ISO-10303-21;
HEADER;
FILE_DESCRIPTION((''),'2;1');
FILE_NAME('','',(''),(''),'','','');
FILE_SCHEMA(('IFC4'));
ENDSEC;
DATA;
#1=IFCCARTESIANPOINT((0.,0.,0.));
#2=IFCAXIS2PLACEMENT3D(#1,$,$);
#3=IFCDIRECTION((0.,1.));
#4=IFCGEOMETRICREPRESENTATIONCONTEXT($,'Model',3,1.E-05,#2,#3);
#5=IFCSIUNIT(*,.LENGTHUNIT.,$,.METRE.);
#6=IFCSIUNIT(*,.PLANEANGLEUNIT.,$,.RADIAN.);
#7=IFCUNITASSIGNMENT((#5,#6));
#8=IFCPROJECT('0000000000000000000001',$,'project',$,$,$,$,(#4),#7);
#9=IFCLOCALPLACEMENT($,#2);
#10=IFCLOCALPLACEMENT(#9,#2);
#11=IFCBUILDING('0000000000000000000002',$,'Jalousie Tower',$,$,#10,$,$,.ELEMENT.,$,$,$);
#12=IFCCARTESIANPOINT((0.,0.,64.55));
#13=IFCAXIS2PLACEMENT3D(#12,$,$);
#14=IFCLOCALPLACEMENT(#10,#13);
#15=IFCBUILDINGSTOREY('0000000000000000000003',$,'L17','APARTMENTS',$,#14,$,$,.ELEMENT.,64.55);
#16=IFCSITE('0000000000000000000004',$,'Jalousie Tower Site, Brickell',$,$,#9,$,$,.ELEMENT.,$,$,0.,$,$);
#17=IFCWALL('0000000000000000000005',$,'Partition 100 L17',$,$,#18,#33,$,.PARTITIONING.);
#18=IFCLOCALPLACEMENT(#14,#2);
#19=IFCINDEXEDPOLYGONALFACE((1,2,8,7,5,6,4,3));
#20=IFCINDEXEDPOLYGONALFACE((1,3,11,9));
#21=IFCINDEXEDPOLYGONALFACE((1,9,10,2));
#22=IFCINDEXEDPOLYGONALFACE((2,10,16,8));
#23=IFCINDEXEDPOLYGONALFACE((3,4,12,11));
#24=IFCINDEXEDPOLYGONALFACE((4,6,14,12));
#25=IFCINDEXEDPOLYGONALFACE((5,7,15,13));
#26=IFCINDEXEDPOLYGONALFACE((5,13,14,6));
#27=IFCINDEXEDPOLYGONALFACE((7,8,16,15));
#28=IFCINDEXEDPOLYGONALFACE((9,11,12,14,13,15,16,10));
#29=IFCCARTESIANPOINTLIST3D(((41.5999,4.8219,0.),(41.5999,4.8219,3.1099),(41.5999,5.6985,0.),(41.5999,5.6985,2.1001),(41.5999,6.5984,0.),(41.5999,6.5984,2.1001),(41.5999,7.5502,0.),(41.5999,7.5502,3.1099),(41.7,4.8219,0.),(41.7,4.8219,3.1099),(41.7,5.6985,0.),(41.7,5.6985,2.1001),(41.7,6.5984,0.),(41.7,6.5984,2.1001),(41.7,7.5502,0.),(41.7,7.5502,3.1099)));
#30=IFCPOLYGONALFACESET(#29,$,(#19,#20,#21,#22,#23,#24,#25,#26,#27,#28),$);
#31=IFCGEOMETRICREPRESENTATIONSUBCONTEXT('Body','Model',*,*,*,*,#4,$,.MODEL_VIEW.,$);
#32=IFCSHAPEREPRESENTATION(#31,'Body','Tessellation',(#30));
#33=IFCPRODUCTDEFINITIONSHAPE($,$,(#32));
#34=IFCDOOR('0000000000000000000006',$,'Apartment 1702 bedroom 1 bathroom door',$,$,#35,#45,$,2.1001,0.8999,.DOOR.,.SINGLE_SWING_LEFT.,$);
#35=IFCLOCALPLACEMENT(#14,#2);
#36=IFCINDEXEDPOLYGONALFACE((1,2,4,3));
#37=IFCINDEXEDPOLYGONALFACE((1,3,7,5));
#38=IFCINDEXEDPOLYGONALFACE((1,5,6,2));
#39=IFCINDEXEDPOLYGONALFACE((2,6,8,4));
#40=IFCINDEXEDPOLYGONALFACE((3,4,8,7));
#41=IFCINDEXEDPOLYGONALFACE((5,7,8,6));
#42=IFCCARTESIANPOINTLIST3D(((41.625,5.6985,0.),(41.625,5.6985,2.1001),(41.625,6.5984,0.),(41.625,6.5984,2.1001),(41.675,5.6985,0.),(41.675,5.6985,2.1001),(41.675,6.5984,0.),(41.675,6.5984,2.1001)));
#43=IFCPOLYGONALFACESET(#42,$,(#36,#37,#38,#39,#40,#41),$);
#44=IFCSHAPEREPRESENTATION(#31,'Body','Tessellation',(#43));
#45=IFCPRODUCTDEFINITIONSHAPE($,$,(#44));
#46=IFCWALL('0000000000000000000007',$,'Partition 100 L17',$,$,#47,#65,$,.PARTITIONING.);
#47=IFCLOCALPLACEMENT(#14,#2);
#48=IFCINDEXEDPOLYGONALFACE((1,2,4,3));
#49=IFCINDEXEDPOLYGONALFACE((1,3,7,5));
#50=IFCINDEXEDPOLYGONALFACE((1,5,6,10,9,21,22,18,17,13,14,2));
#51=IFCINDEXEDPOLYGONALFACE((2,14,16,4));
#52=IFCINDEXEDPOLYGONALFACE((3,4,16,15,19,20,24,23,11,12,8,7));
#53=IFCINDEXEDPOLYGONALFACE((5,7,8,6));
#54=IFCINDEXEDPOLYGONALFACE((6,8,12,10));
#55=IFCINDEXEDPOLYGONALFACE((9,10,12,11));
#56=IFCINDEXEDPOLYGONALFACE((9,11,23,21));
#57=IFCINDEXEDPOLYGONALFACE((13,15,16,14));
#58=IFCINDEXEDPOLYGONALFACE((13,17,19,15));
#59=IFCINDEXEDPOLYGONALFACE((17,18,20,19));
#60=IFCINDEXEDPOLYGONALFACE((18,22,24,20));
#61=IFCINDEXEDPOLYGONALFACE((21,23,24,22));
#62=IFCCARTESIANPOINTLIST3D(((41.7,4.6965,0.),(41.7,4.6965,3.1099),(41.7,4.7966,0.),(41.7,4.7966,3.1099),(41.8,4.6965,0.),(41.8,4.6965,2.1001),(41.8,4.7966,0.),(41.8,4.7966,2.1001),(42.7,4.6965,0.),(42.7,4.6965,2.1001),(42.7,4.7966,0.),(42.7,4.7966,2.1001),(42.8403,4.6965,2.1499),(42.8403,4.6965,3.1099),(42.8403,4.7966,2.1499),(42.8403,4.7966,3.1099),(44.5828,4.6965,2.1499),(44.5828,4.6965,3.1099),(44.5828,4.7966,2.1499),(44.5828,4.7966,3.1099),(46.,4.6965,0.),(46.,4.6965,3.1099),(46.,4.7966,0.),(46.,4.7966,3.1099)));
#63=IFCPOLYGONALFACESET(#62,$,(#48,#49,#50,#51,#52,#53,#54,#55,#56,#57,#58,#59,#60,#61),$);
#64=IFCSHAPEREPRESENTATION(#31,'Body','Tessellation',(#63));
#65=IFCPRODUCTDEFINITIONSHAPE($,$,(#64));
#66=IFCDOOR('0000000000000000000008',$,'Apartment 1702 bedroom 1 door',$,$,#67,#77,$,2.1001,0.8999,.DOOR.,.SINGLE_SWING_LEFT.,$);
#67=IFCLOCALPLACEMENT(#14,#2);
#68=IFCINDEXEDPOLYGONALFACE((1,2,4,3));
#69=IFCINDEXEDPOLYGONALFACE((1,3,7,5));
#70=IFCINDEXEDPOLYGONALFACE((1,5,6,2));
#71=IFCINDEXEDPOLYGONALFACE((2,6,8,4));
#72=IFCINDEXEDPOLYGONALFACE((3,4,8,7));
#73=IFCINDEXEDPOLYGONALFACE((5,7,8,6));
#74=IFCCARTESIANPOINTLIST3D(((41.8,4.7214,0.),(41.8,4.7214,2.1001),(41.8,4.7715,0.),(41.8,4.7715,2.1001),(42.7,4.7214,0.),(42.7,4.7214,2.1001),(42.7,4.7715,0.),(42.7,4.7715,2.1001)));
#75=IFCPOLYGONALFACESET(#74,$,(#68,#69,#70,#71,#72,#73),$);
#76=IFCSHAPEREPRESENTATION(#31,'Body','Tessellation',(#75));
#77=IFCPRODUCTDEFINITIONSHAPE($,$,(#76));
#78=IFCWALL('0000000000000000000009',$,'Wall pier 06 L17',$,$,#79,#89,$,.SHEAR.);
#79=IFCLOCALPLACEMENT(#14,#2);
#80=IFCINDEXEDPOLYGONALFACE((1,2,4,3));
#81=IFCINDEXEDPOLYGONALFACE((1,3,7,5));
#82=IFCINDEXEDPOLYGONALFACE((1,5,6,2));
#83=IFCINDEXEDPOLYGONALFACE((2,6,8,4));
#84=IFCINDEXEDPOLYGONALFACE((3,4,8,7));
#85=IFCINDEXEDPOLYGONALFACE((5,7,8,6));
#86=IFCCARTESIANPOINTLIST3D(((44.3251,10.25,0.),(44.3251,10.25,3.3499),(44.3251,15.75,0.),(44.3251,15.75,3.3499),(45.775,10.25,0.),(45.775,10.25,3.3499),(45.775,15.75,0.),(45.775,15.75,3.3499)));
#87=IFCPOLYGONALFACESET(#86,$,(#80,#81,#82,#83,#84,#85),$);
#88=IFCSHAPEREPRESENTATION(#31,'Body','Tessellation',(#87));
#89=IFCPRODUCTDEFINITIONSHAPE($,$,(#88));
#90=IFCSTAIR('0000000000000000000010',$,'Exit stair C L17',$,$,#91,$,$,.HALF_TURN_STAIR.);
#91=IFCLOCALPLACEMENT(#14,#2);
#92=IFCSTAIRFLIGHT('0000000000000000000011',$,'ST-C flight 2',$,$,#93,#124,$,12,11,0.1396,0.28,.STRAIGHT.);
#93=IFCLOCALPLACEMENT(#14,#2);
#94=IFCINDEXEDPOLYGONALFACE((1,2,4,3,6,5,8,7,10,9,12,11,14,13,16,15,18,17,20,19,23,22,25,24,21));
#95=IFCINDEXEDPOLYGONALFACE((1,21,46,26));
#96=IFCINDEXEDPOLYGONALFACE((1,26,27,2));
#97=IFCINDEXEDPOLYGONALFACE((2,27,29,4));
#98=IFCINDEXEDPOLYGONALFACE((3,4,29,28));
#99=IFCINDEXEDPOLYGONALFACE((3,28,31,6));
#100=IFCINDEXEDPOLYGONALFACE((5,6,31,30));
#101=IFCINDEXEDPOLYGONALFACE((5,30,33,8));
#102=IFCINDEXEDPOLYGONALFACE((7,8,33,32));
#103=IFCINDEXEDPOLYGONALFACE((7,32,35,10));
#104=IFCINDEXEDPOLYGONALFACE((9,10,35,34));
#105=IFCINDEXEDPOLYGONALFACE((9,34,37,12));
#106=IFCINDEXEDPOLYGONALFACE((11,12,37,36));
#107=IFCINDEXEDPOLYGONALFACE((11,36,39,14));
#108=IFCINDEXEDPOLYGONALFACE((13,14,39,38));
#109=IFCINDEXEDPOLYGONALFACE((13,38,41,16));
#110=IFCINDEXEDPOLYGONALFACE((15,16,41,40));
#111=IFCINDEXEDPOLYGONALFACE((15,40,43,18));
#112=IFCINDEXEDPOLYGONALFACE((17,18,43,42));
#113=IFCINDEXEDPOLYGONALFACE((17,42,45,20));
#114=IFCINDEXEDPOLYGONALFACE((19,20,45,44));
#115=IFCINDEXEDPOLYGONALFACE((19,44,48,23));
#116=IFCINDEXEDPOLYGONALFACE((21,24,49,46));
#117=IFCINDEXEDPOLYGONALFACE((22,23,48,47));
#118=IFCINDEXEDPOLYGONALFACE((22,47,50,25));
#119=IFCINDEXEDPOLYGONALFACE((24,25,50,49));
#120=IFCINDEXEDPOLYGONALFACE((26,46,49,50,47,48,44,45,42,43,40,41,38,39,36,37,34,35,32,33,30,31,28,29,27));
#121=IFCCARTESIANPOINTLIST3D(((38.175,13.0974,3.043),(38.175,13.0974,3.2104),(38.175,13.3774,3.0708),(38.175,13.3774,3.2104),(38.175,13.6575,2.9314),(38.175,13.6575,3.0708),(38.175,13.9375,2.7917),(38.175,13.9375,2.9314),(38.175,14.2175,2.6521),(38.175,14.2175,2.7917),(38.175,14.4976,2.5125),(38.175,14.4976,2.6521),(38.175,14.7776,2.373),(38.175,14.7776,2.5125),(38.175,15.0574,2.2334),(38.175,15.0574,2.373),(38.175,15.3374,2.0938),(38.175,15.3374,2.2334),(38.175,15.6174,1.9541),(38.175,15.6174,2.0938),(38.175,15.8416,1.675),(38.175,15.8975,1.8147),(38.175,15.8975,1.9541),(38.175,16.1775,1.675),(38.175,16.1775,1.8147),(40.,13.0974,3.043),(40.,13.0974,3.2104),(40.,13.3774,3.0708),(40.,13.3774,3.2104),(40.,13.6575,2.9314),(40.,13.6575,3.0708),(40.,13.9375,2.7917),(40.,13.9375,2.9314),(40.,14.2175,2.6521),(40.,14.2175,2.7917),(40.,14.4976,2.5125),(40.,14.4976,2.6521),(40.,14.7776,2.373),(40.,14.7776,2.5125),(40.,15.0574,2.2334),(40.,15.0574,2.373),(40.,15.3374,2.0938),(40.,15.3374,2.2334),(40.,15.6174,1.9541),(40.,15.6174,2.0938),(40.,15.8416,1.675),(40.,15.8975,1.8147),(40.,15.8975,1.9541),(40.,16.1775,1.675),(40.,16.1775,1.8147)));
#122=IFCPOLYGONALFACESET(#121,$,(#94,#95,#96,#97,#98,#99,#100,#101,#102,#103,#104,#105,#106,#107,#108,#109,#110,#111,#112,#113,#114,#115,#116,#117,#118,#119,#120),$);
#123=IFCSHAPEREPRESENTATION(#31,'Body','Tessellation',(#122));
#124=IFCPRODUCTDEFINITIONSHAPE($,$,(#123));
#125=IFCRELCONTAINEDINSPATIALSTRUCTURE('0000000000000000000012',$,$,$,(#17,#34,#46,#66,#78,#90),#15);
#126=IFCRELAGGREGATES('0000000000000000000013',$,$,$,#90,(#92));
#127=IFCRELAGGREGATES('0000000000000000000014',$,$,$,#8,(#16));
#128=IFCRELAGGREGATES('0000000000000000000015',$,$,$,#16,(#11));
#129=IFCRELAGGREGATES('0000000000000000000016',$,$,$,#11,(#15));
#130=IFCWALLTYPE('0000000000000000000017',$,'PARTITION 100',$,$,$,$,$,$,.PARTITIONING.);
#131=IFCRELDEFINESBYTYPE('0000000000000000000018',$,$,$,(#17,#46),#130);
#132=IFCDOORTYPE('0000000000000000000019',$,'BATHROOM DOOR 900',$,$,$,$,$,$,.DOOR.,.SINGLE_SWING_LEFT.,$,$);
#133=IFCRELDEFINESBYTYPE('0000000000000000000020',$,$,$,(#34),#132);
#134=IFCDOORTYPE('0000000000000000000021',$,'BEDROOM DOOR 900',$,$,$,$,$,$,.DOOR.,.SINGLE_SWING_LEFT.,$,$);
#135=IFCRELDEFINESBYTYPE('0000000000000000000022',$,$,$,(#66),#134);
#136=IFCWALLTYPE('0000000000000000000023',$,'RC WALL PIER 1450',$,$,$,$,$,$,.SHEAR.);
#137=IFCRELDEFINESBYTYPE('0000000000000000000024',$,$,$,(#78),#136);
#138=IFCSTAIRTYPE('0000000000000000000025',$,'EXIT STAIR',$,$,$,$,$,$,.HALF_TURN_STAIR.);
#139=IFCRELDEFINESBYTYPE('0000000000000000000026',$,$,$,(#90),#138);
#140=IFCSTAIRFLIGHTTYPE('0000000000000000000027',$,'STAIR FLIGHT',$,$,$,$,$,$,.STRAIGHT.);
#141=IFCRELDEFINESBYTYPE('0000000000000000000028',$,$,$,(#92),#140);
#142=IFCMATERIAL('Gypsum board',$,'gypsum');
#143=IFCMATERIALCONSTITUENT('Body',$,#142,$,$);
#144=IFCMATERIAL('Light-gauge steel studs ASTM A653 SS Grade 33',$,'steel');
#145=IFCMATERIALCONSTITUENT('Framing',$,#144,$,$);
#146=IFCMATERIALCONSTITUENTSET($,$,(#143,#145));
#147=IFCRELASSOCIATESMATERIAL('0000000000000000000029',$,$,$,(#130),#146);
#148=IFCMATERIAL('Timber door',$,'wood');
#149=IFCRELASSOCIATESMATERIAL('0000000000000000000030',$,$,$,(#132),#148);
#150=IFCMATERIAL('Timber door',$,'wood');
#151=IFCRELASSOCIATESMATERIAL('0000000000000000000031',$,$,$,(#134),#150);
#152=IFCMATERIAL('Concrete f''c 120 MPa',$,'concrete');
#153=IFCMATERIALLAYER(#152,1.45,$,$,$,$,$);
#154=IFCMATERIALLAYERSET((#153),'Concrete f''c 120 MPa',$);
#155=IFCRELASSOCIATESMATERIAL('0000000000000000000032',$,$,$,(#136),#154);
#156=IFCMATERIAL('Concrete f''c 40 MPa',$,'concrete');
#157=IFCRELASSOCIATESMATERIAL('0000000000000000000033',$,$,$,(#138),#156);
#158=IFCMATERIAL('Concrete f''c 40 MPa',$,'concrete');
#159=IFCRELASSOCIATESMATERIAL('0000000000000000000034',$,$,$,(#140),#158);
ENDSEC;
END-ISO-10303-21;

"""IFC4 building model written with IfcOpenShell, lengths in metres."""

from ifc_helpers import new_model, si_unit, direction, frame, frame_2d, origin, place, context, subcontext, project, spatial, polyline, rectangle, outline, extrude, material, layer, layer_set, constituent, constituent_set, type_object, element, fill, aggregate, save


model = new_model("IFC4")

# Units and contexts
model_context = context("Model", 3, precision=1e-05, world=origin(), true_north=direction((0.0, 1.0)))
body_context = subcontext(model_context, "Body", "Model", "MODEL_VIEW")
ifc_project = project(units=[si_unit("LENGTHUNIT", "METRE"), si_unit("PLANEANGLEUNIT", "RADIAN")], contexts=[model_context])

# Site, building, storey
site_placement = place(None, origin())
site = spatial("IfcSite", under=ifc_project, at=site_placement, Name="Jalousie Tower Site, Brickell", CompositionType="ELEMENT", RefElevation=0.0)
building_placement = place(site_placement, origin())
building = spatial("IfcBuilding", under=site, at=building_placement, Name="Jalousie Tower", CompositionType="ELEMENT")
storey_placement = place(building_placement, frame((0.0, 0.0, 64.55)))
storey = spatial("IfcBuildingStorey", under=building, at=storey_placement, Name="L17", Description="APARTMENTS", CompositionType="ELEMENT", Elevation=64.55)

# Walls, openings, doors
ifc_material_1 = material(Name="Gypsum board", Category="gypsum")
ifc_constituent_1 = constituent(ifc_material_1, Name="Body")
ifc_material_2 = material(Name="Light-gauge steel studs ASTM A653 SS Grade 33", Category="steel")
ifc_constituent_2 = constituent(ifc_material_2, Name="Framing")
ifc_constituent_set_1 = constituent_set(constituents=[ifc_constituent_1, ifc_constituent_2])
wall_type_1 = type_object("IfcWallType", Name="PARTITION 100", PredefinedType="PARTITIONING", material=ifc_constituent_set_1)
wall_1_placement = place(storey_placement, frame((41.6499, 4.8218, 0.0), z_axis=(0.0, 0.0, 1.0), x_axis=(0.0, 1.0, 0.0)))
wall_1 = element("IfcWall", 1, at=wall_1_placement, inside=storey, type_object=wall_type_1, Name="Partition 100 L17", PredefinedType="PARTITIONING", context=body_context, shape_type="SweptSolid", body=[
    extrude(rectangle(XDim=2.7283, YDim=0.1001, at=frame_2d((1.3643, 0.0))), origin(), (0.0, 0.0, 1.0), 3.1099),
])
opening_1_placement = place(wall_1_placement, frame((0.8767, 0.0, 0.0)))
opening_1 = element("IfcOpeningElement", 2, at=opening_1_placement, cuts=wall_1, PredefinedType="OPENING", context=body_context, shape_type="SweptSolid", body=[
    extrude(rectangle(XDim=0.8999, YDim=2.1001, at=frame_2d((0.45, 1.05))), frame((0.0, 0.0601, 0.0), z_axis=(0.0, -1.0, 0.0), x_axis=(1.0, 0.0, 0.0)), (0.0, 0.0, 1.0), 0.1201),
])
ifc_material_3 = material(Name="Timber door", Category="wood")
door_type_1 = type_object("IfcDoorType", Name="BATHROOM DOOR 900", OperationType="SINGLE_SWING_LEFT", PredefinedType="DOOR", material=ifc_material_3)
door_1_placement = place(opening_1_placement, origin())
door_1 = element("IfcDoor", 3, at=door_1_placement, inside=storey, type_object=door_type_1, Name="Apartment 1702 bedroom 1 bathroom door", OperationType="SINGLE_SWING_LEFT", OverallHeight=2.1001, OverallWidth=0.8999, PredefinedType="DOOR", context=body_context, shape_type="SweptSolid", body=[
    extrude(rectangle(XDim=0.8999, YDim=2.1001, at=frame_2d((0.45, 1.05))), frame((0.0, 0.0249, 0.0), z_axis=(0.0, -1.0, 0.0), x_axis=(1.0, 0.0, 0.0)), (0.0, 0.0, 1.0), 0.05),
])
fill(opening_1, door_1)
wall_2_placement = place(storey_placement, frame((41.7, 4.7466, 0.0), z_axis=(0.0, 0.0, 1.0), x_axis=(1.0, 0.0, 0.0)))
wall_2 = element("IfcWall", 4, at=wall_2_placement, inside=storey, type_object=wall_type_1, Name="Partition 100 L17", PredefinedType="PARTITIONING", context=body_context, shape_type="SweptSolid", body=[
    extrude(outline(polyline([(0.0, 0.0), (4.3, 0.0), (4.3, 3.1099), (2.8828, 3.1099), (2.8828, 2.1499), (1.1404, 2.1499), (1.1404, 3.1099), (0.0, 3.1099), (0.0, 0.0)])), frame((0.0, 0.05, 0.0), z_axis=(0.0, -1.0, 0.0), x_axis=(1.0, 0.0, 0.0)), (0.0, 0.0, 1.0), 0.1001),
])
opening_2_placement = place(wall_2_placement, frame((0.1001, 0.0, 0.0)))
opening_2 = element("IfcOpeningElement", 5, at=opening_2_placement, cuts=wall_2, PredefinedType="OPENING", context=body_context, shape_type="SweptSolid", body=[
    extrude(rectangle(XDim=0.8999, YDim=2.1001, at=frame_2d((0.45, 1.05))), frame((0.0, 0.0601, 0.0), z_axis=(0.0, -1.0, 0.0), x_axis=(1.0, 0.0, 0.0)), (0.0, 0.0, 1.0), 0.1201),
])
ifc_material_4 = material(Name="Timber door", Category="wood")
door_type_2 = type_object("IfcDoorType", Name="BEDROOM DOOR 900", OperationType="SINGLE_SWING_LEFT", PredefinedType="DOOR", material=ifc_material_4)
door_2_placement = place(opening_2_placement, origin())
door_2 = element("IfcDoor", 6, at=door_2_placement, inside=storey, type_object=door_type_2, Name="Apartment 1702 bedroom 1 door", OperationType="SINGLE_SWING_LEFT", OverallHeight=2.1001, OverallWidth=0.8999, PredefinedType="DOOR", context=body_context, shape_type="SweptSolid", body=[
    extrude(rectangle(XDim=0.8999, YDim=2.1001, at=frame_2d((0.45, 1.05))), frame((0.0, 0.0249, 0.0), z_axis=(0.0, -1.0, 0.0), x_axis=(1.0, 0.0, 0.0)), (0.0, 0.0, 1.0), 0.05),
])
fill(opening_2, door_2)

# Wall
ifc_material_5 = material(Name="Concrete f'c 120 MPa", Category="concrete")
ifc_layer_1 = layer(ifc_material_5, 1.45)
ifc_layer_set_1 = layer_set([ifc_layer_1], Name="Concrete f'c 120 MPa")
wall_type_2 = type_object("IfcWallType", Name="RC WALL PIER 1450", PredefinedType="SHEAR", material=ifc_layer_set_1)
wall_3_placement = place(storey_placement, frame((45.05, 10.25, 0.0), z_axis=(0.0, 0.0, 1.0), x_axis=(0.0, 1.0, 0.0)))
element("IfcWall", 7, at=wall_3_placement, inside=storey, type_object=wall_type_2, Name="Wall pier 06 L17", PredefinedType="SHEAR", context=body_context, shape_type="SweptSolid", body=[
    extrude(rectangle(XDim=5.5, YDim=1.45, at=frame_2d((2.75, 0.0))), origin(), (0.0, 0.0, 1.0), 3.3499),
])

# Stair, stair flight
ifc_material_6 = material(Name="Concrete f'c 40 MPa", Category="concrete")
stair_type = type_object("IfcStairType", Name="EXIT STAIR", PredefinedType="HALF_TURN_STAIR", material=ifc_material_6)
stair_placement = place(storey_placement, origin())
stair = element("IfcStair", 8, at=stair_placement, inside=storey, type_object=stair_type, Name="Exit stair C L17", PredefinedType="HALF_TURN_STAIR")
ifc_material_7 = material(Name="Concrete f'c 40 MPa", Category="concrete")
stair_flight_type = type_object("IfcStairFlightType", Name="STAIR FLIGHT", PredefinedType="STRAIGHT", material=ifc_material_7)
stair_flight_placement = place(storey_placement, frame((39.0874, 16.1775, 1.675), z_axis=(0.0, 0.0, 1.0), x_axis=(0.0, -1.0, 0.0)))
stair_flight = element("IfcStairFlight", 9, at=stair_flight_placement, type_object=stair_flight_type, Name="ST-C flight 2", NumberOfRisers=12, NumberOfTreads=11, PredefinedType="STRAIGHT", RiserHeight=0.1396, TreadLength=0.28, context=body_context, shape_type="SweptSolid", body=[
    extrude(outline(polyline([(0.0, 0.0), (0.0, 0.1396), (0.28, 0.1396), (0.28, 0.2791), (0.5601, 0.2791), (0.5601, 0.4187), (0.8401, 0.4187), (0.8401, 0.5583), (1.1201, 0.5583), (1.1201, 0.698), (1.3999, 0.698), (1.3999, 0.8374), (1.6799, 0.8374), (1.6799, 0.9771), (1.96, 0.9771), (1.96, 1.1167), (2.24, 1.1167), (2.24, 1.2563), (2.52, 1.2563), (2.52, 1.3958), (2.8, 1.3958), (2.8, 1.5354), (3.0801, 1.5354), (3.0801, 1.675), (3.0801, 1.3679), (0.3359, 0.0), (0.0, 0.0)])), frame((0.0, 0.9126, 0.0), z_axis=(0.0, -1.0, 0.0), x_axis=(1.0, 0.0, 0.0)), (0.0, 0.0, 1.0), 1.825),
])
aggregate(stair, [stair_flight])

save(model, "model.ifc")
